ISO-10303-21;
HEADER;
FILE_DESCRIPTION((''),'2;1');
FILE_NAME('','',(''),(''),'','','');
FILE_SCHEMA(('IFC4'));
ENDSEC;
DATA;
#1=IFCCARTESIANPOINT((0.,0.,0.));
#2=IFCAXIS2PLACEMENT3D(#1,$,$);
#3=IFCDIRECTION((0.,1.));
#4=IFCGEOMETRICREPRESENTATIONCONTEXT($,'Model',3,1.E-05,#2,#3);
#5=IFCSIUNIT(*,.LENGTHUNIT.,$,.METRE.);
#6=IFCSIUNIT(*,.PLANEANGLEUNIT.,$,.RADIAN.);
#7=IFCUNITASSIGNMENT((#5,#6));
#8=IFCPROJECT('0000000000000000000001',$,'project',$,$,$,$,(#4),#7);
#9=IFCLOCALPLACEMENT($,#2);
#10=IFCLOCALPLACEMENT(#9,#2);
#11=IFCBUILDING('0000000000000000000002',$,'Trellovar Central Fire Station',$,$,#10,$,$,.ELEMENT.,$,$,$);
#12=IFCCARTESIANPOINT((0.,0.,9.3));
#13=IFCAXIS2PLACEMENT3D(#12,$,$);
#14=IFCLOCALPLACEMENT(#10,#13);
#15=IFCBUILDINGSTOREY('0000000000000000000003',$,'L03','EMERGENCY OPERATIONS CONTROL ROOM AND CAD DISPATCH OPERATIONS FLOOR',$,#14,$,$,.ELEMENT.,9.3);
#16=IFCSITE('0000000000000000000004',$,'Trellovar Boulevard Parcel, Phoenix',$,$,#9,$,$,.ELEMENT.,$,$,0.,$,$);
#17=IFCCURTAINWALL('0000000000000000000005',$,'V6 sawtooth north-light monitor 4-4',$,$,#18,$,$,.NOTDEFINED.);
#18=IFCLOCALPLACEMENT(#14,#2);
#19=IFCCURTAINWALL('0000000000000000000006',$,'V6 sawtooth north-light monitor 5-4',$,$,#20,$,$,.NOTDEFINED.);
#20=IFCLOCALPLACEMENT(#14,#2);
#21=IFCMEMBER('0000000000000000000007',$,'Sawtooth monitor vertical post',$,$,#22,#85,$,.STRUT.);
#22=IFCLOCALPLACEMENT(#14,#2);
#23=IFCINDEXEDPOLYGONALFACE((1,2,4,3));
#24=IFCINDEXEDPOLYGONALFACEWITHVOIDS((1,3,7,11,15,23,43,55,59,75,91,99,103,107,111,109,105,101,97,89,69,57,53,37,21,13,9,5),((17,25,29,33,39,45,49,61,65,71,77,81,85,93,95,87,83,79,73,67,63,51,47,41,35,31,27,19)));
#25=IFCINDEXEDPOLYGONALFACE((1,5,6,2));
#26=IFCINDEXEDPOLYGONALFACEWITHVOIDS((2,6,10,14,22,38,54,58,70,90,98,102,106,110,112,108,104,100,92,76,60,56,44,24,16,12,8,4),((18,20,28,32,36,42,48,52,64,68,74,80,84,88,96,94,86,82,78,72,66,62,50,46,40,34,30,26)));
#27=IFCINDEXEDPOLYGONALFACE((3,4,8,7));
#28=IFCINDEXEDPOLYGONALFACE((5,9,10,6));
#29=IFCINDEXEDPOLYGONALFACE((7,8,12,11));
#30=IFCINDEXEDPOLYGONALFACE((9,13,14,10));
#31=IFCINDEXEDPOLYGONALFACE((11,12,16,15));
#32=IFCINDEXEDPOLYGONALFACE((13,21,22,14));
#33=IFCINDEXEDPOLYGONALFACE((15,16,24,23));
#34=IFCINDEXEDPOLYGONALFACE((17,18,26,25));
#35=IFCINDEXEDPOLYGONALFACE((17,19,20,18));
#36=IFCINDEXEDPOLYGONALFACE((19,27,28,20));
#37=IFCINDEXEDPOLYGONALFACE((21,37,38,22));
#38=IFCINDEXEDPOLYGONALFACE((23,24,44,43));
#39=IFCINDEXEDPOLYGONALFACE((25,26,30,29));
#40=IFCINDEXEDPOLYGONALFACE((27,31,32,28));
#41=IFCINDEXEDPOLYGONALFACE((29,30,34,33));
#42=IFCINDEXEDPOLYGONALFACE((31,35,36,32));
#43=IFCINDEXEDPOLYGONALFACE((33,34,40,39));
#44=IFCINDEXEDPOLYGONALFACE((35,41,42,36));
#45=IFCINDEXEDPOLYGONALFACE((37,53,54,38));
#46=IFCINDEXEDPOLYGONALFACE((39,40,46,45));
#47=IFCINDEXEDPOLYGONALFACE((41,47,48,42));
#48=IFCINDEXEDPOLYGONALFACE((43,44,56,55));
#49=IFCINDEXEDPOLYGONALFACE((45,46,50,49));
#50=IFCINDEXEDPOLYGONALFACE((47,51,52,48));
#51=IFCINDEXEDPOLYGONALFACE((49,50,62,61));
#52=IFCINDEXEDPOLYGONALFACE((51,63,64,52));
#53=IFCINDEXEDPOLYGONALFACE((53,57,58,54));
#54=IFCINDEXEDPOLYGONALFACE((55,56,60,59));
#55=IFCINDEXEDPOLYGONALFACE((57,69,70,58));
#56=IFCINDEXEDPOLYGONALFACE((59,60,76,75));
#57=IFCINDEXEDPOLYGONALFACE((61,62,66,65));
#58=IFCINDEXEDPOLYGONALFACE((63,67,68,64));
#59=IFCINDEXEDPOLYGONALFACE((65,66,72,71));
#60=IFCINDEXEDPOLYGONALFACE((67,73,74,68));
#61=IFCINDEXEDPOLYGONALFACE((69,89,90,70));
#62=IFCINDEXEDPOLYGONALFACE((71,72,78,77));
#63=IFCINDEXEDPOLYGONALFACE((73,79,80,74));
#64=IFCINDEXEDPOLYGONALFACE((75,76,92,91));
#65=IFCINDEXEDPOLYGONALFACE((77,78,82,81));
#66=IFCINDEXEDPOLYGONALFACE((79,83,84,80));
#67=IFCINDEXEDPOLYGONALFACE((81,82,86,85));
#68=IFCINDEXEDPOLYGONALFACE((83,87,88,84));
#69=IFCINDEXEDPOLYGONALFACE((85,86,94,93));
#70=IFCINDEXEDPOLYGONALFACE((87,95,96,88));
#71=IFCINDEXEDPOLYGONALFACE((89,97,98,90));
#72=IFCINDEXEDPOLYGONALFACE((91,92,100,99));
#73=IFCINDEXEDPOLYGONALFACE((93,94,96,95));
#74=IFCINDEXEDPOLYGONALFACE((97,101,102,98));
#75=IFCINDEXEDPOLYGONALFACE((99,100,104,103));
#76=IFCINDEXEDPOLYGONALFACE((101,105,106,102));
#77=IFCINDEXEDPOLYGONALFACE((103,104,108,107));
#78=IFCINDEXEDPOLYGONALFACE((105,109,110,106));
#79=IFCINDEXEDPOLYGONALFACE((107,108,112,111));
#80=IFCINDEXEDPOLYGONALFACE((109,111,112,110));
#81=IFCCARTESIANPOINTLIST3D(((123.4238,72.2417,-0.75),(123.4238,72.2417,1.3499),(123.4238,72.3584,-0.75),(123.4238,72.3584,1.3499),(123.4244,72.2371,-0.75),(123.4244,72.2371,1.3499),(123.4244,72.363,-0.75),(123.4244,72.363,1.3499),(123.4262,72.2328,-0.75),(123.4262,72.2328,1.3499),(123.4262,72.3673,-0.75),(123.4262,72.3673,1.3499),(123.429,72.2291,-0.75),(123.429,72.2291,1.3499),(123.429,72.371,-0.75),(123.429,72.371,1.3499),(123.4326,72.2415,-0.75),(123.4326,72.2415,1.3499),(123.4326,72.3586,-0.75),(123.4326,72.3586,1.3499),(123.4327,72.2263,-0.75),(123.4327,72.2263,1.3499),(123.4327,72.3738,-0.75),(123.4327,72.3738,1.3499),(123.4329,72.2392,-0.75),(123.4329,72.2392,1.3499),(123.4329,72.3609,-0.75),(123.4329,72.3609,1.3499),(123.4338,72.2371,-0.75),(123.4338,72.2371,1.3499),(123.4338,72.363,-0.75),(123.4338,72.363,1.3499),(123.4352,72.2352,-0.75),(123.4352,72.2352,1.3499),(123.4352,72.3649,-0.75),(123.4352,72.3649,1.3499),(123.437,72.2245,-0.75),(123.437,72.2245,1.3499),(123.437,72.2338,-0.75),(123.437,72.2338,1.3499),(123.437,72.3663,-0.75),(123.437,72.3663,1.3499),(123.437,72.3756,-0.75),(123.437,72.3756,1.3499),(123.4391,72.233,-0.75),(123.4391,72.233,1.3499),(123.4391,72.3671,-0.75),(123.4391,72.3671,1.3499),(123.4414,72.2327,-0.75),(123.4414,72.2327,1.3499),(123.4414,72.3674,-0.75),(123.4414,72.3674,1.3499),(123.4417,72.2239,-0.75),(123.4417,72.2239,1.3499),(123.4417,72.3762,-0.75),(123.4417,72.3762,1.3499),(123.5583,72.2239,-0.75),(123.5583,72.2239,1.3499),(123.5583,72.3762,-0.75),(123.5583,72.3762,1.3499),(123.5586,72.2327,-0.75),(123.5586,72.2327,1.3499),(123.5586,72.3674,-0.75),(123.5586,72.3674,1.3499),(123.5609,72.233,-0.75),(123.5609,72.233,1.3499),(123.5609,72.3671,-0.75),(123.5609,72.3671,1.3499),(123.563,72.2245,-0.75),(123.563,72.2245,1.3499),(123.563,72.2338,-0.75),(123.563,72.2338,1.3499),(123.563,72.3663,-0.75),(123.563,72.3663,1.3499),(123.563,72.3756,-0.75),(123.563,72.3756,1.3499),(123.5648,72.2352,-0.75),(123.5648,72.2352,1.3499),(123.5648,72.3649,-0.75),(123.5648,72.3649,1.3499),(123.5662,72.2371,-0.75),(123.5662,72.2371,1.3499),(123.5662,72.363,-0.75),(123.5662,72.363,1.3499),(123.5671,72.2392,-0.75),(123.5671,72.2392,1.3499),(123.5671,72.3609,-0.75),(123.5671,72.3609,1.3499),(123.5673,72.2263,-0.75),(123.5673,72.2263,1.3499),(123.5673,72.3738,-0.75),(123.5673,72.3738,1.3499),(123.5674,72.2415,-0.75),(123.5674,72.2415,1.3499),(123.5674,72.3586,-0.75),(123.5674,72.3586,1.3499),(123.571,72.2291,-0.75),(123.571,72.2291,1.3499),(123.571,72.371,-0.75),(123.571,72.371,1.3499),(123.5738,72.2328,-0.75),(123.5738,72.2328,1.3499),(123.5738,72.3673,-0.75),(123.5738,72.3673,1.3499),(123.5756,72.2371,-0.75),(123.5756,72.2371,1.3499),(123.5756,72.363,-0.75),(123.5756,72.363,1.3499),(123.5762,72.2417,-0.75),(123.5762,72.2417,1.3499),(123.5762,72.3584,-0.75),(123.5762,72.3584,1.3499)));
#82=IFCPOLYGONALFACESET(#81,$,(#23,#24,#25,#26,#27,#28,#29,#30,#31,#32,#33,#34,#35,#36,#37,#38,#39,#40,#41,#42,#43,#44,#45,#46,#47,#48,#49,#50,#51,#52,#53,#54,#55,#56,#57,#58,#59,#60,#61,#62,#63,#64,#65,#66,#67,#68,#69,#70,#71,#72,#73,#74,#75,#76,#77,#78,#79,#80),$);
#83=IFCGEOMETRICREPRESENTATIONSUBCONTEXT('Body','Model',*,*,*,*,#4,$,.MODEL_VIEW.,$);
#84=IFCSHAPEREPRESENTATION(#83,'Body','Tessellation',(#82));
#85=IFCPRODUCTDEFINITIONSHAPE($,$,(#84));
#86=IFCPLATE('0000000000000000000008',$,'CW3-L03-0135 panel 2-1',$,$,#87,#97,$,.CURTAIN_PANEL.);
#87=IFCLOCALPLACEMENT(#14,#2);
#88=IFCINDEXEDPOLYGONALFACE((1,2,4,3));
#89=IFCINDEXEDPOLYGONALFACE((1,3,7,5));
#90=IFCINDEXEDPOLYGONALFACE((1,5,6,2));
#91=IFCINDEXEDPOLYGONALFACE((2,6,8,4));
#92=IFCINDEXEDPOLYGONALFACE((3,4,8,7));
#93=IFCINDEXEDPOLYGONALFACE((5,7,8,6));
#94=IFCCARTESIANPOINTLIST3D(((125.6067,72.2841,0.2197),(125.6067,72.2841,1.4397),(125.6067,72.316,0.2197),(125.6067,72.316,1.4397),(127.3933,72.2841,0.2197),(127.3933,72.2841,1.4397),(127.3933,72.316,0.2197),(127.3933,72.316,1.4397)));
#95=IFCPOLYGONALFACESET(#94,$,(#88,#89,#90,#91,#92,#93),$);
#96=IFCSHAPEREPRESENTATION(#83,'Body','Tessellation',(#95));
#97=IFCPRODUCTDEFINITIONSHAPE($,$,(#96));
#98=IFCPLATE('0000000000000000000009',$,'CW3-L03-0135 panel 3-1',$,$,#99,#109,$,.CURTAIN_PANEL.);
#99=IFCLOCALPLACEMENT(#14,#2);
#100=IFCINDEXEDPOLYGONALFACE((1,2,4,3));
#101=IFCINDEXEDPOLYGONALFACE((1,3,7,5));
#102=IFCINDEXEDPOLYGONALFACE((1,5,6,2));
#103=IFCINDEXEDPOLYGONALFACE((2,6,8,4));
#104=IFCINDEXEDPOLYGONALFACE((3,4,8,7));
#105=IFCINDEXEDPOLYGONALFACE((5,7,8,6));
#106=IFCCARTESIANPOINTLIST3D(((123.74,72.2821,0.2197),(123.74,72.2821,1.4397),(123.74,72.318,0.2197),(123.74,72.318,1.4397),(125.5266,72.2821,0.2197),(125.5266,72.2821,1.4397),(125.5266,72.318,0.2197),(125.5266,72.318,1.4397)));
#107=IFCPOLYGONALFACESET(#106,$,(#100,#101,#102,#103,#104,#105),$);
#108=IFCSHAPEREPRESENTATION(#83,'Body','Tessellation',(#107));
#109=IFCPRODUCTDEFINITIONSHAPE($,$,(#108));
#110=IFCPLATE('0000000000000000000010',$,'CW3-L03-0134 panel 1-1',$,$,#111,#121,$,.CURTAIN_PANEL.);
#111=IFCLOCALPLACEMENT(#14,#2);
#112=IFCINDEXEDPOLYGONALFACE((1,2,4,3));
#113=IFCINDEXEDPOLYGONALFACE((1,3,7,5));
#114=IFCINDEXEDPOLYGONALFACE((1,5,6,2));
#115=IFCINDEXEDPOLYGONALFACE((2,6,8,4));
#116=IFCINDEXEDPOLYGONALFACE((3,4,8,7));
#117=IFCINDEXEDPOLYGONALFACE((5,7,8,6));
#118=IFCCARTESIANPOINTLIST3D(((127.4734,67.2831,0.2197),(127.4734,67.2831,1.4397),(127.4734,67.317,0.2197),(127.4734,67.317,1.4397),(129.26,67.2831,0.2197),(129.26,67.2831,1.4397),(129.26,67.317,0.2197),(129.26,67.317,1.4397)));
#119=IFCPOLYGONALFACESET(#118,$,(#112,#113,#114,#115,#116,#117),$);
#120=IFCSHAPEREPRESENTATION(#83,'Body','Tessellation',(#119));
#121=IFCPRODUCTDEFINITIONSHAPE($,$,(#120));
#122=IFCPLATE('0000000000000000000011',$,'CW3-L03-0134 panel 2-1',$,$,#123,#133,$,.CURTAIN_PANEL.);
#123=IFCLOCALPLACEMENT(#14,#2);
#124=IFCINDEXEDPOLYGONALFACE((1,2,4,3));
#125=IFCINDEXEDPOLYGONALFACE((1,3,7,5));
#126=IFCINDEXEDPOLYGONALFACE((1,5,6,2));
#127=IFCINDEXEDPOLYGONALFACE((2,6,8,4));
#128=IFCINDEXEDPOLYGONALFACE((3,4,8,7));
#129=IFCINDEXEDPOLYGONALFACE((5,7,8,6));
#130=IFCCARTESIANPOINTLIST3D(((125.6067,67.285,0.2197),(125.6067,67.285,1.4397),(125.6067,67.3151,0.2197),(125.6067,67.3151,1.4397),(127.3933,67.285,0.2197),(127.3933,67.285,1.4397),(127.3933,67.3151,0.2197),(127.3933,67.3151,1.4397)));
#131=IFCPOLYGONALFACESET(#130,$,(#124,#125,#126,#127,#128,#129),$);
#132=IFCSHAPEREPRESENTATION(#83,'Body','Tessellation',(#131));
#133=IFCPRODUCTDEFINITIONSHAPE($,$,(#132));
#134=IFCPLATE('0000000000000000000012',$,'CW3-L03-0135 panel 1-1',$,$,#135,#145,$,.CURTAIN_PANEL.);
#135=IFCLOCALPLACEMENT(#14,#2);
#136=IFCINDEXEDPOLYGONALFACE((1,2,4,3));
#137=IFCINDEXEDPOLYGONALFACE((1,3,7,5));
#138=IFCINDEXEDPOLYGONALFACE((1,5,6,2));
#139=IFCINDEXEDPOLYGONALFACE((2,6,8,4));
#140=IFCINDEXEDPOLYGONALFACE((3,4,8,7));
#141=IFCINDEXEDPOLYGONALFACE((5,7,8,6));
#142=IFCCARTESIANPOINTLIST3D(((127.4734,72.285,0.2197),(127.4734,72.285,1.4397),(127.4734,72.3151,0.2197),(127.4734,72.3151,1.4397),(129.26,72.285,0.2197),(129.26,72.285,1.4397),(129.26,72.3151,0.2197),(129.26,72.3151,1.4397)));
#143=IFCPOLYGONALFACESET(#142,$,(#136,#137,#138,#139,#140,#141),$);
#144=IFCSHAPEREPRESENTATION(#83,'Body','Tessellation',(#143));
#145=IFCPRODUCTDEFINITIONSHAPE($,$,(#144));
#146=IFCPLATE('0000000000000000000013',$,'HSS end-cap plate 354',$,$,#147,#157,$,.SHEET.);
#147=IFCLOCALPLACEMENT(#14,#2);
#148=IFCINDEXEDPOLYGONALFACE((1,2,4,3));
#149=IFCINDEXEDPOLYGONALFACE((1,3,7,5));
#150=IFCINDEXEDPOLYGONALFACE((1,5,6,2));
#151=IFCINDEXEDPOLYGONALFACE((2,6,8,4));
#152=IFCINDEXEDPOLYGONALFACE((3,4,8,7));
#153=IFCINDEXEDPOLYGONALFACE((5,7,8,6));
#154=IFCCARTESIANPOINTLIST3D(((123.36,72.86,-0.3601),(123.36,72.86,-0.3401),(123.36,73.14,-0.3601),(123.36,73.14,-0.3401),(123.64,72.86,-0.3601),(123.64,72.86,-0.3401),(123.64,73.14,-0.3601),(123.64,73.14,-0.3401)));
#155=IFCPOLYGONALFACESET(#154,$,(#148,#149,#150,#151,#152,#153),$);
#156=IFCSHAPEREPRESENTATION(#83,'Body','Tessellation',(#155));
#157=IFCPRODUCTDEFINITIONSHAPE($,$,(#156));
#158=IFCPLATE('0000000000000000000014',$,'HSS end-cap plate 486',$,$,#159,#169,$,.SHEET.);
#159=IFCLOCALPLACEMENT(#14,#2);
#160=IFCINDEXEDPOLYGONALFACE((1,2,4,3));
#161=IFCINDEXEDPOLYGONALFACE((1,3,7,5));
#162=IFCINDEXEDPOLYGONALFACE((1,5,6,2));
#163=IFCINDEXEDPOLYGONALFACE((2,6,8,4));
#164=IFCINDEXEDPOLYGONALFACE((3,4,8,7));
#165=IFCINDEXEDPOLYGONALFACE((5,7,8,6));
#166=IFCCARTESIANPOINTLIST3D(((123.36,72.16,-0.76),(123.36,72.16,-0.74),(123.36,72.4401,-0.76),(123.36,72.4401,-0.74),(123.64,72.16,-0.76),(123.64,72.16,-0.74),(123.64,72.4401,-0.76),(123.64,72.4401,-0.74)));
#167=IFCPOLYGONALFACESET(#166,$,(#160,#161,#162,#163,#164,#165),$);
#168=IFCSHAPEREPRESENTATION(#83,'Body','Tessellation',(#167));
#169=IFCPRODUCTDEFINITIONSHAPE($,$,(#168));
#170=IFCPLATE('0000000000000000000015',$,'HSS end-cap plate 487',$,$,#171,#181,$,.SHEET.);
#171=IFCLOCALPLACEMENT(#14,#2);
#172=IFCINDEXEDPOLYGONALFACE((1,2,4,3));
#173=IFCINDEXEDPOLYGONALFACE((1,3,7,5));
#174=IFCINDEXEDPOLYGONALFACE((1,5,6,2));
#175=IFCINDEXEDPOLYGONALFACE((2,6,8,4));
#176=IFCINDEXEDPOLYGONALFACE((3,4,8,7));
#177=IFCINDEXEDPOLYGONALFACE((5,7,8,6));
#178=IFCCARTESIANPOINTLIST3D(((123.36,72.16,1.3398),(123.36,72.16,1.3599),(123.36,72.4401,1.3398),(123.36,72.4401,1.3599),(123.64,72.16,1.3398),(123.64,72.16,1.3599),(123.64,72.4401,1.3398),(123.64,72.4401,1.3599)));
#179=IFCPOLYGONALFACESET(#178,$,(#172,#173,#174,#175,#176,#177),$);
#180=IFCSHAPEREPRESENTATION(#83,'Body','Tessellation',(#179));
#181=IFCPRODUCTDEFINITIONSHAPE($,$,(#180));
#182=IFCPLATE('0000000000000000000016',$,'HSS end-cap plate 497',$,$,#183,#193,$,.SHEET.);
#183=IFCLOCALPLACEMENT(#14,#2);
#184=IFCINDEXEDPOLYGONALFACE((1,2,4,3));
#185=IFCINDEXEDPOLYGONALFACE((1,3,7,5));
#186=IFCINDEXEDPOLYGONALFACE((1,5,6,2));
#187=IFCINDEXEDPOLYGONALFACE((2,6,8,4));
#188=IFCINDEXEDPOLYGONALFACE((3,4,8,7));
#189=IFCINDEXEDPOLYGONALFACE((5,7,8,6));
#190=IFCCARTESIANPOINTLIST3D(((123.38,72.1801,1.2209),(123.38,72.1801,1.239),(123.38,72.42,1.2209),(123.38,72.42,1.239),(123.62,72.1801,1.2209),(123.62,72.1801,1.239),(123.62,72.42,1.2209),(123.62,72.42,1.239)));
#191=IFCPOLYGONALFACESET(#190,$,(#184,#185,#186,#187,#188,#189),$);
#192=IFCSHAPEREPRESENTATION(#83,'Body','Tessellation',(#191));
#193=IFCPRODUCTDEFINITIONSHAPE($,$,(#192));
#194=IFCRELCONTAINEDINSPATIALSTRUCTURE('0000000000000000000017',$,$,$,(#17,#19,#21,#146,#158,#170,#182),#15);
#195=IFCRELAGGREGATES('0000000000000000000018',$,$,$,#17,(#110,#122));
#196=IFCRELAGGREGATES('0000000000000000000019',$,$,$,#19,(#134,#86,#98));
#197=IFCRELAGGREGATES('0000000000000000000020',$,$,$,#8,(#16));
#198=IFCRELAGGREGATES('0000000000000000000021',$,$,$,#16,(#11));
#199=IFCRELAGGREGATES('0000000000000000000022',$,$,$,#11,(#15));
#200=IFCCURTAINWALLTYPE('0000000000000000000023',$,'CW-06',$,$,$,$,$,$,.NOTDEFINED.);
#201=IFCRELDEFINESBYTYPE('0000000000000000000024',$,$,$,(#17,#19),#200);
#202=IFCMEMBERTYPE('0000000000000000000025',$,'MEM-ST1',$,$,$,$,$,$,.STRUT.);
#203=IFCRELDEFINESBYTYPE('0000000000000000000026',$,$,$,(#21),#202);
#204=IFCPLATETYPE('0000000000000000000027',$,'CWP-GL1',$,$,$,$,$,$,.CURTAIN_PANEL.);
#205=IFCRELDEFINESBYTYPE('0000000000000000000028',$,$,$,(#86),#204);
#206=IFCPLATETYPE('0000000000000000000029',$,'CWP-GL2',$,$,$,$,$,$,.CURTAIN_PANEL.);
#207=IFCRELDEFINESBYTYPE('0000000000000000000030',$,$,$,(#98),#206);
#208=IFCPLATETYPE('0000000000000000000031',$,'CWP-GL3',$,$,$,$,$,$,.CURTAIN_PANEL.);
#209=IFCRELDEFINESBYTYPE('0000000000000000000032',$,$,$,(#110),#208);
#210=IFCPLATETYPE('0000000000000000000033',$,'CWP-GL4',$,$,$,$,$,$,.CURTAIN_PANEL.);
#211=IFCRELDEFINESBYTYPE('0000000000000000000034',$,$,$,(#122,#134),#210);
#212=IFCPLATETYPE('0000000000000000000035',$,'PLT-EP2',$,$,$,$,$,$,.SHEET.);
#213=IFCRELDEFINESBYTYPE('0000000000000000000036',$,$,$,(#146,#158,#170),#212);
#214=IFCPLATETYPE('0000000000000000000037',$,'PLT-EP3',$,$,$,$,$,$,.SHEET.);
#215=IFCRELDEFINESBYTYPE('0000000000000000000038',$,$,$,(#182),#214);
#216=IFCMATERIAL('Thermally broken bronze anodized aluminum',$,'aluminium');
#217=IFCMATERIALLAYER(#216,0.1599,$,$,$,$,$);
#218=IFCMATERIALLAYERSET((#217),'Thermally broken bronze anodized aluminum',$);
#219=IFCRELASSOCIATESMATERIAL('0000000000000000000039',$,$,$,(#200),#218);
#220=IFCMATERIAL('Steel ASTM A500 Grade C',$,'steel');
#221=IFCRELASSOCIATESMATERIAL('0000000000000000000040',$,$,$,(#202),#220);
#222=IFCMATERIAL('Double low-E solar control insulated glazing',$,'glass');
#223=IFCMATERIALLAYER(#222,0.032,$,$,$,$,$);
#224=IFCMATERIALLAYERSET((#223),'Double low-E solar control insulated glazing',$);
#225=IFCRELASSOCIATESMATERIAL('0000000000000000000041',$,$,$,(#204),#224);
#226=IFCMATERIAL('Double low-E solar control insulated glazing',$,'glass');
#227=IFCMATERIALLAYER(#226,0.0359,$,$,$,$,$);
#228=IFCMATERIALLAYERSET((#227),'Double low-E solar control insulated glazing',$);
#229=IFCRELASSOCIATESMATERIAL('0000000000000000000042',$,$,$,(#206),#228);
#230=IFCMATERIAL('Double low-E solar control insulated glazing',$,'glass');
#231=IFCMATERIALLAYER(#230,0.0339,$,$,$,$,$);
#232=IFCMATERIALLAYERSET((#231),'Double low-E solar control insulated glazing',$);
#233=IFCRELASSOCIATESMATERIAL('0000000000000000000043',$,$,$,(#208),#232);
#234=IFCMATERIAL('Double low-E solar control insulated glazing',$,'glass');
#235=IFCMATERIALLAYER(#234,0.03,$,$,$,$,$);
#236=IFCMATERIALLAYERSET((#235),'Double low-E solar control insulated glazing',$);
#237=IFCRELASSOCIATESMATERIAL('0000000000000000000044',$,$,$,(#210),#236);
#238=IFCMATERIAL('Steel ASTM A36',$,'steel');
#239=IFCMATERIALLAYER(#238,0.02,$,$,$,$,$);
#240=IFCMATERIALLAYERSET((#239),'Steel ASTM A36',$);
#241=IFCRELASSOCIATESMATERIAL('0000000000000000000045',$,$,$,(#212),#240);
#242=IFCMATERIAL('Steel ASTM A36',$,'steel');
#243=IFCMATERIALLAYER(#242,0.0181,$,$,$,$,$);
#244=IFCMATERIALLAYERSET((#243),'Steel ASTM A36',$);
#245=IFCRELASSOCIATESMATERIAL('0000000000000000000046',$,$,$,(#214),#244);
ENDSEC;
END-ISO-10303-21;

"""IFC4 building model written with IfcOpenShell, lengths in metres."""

from ifc_helpers import new_model, si_unit, direction, frame, origin, origin_2d, place, context, subcontext, project, spatial, rectangle, hollow_rectangle, extrude, material, layer, layer_set, material_profile, profile_set, type_object, element, aggregate, save


model = new_model("IFC4")

# Units and contexts
model_context = context("Model", 3, precision=1e-05, world=origin(), true_north=direction((0.0, 1.0)))
body_context = subcontext(model_context, "Body", "Model", "MODEL_VIEW")
ifc_project = project(units=[si_unit("LENGTHUNIT", "METRE"), si_unit("PLANEANGLEUNIT", "RADIAN")], contexts=[model_context])

# Site, building, storey
site_placement = place(None, origin())
site = spatial("IfcSite", under=ifc_project, at=site_placement, Name="Trellovar Boulevard Parcel, Phoenix", CompositionType="ELEMENT", RefElevation=0.0)
building_placement = place(site_placement, origin())
building = spatial("IfcBuilding", under=site, at=building_placement, Name="Trellovar Central Fire Station", CompositionType="ELEMENT")
storey_placement = place(building_placement, frame((0.0, 0.0, 9.3)))
storey = spatial("IfcBuildingStorey", under=building, at=storey_placement, Name="L03", Description="EMERGENCY OPERATIONS CONTROL ROOM AND CAD DISPATCH OPERATIONS FLOOR", CompositionType="ELEMENT", Elevation=9.3)

# Shared definitions
ifc_material_1 = material(Name="Thermally broken bronze anodized aluminum", Category="aluminium")
ifc_layer_1 = layer(ifc_material_1, 0.1599)
ifc_layer_set_1 = layer_set([ifc_layer_1], Name="Thermally broken bronze anodized aluminum")
curtain_wall_type = type_object("IfcCurtainWallType", Name="CW-06", PredefinedType="NOTDEFINED", material=ifc_layer_set_1)

# Curtain walls
curtain_wall_1_placement = place(storey_placement, origin())
curtain_wall_1 = element("IfcCurtainWall", 1, at=curtain_wall_1_placement, inside=storey, type_object=curtain_wall_type, Name="V6 sawtooth north-light monitor 4-4", PredefinedType="NOTDEFINED")
curtain_wall_2_placement = place(storey_placement, origin())
curtain_wall_2 = element("IfcCurtainWall", 2, at=curtain_wall_2_placement, inside=storey, type_object=curtain_wall_type, Name="V6 sawtooth north-light monitor 5-4", PredefinedType="NOTDEFINED")

# Member
ifc_material_2 = material(Name="Steel ASTM A500 Grade C", Category="steel")
ifc_material_profile_1 = material_profile(ifc_material_2, hollow_rectangle(XDim=0.1523, YDim=0.1523, WallThickness=0.0088, InnerFilletRadius=0.0088, OuterFilletRadius=0.0178, at=origin_2d()), Name="HSS6X6X3/8")
ifc_profile_set_1 = profile_set([ifc_material_profile_1], Name="Steel ASTM A500 Grade C")
member_type_1 = type_object("IfcMemberType", Name="MEM-ST1", PredefinedType="STRUT", material=ifc_profile_set_1)
member_1_placement = place(storey_placement, frame((123.5, 72.3, -0.75), z_axis=(0.0, 0.0, 1.0), x_axis=(1.0, 0.0, 0.0)))
element("IfcMember", 3, at=member_1_placement, inside=storey, type_object=member_type_1, Name="Sawtooth monitor vertical post", PredefinedType="STRUT", context=body_context, shape_type="SweptSolid", body=[
    extrude(hollow_rectangle(XDim=0.1523, YDim=0.1523, WallThickness=0.0088, InnerFilletRadius=0.0088, OuterFilletRadius=0.0178, at=origin_2d()), origin(), (0.0, 0.0, 1.0), 2.0999),
])

# Plates
ifc_material_3 = material(Name="Double low-E solar control insulated glazing", Category="glass")
ifc_layer_2 = layer(ifc_material_3, 0.032)
ifc_layer_set_2 = layer_set([ifc_layer_2], Name="Double low-E solar control insulated glazing")
plate_type_1 = type_object("IfcPlateType", Name="CWP-GL1", PredefinedType="CURTAIN_PANEL", material=ifc_layer_set_2)
plate_1_placement = place(storey_placement, frame((126.5, 72.3, 0.2197), z_axis=(0.0, 0.0, 1.0), x_axis=(-1.0, 0.0, 0.0)))
plate_1 = element("IfcPlate", 4, at=plate_1_placement, type_object=plate_type_1, Name="CW3-L03-0135 panel 2-1", PredefinedType="CURTAIN_PANEL", context=body_context, shape_type="SweptSolid", body=[
    extrude(rectangle(XDim=1.7866, YDim=0.032, at=origin_2d()), origin(), (0.0, 0.0, 1.0), 1.22),
])
ifc_material_4 = material(Name="Double low-E solar control insulated glazing", Category="glass")
ifc_layer_3 = layer(ifc_material_4, 0.0359)
ifc_layer_set_3 = layer_set([ifc_layer_3], Name="Double low-E solar control insulated glazing")
plate_type_2 = type_object("IfcPlateType", Name="CWP-GL2", PredefinedType="CURTAIN_PANEL", material=ifc_layer_set_3)
plate_2_placement = place(storey_placement, frame((124.6333, 72.3, 0.2197), z_axis=(0.0, 0.0, 1.0), x_axis=(-1.0, 0.0, 0.0)))
plate_2 = element("IfcPlate", 5, at=plate_2_placement, type_object=plate_type_2, Name="CW3-L03-0135 panel 3-1", PredefinedType="CURTAIN_PANEL", context=body_context, shape_type="SweptSolid", body=[
    extrude(rectangle(XDim=1.7866, YDim=0.0359, at=origin_2d()), origin(), (0.0, 0.0, 1.0), 1.22),
])
ifc_material_5 = material(Name="Double low-E solar control insulated glazing", Category="glass")
ifc_layer_4 = layer(ifc_material_5, 0.0339)
ifc_layer_set_4 = layer_set([ifc_layer_4], Name="Double low-E solar control insulated glazing")
plate_type_3 = type_object("IfcPlateType", Name="CWP-GL3", PredefinedType="CURTAIN_PANEL", material=ifc_layer_set_4)
plate_3_placement = place(storey_placement, frame((128.3667, 67.3, 0.2197), z_axis=(0.0, 0.0, 1.0), x_axis=(-1.0, 0.0, 0.0)))
plate_3 = element("IfcPlate", 6, at=plate_3_placement, type_object=plate_type_3, Name="CW3-L03-0134 panel 1-1", PredefinedType="CURTAIN_PANEL", context=body_context, shape_type="SweptSolid", body=[
    extrude(rectangle(XDim=1.7866, YDim=0.0339, at=origin_2d()), origin(), (0.0, 0.0, 1.0), 1.22),
])
ifc_material_6 = material(Name="Double low-E solar control insulated glazing", Category="glass")
ifc_layer_5 = layer(ifc_material_6, 0.03)
ifc_layer_set_5 = layer_set([ifc_layer_5], Name="Double low-E solar control insulated glazing")
plate_type_4 = type_object("IfcPlateType", Name="CWP-GL4", PredefinedType="CURTAIN_PANEL", material=ifc_layer_set_5)
plate_4_placement = place(storey_placement, frame((126.5, 67.3, 0.2197), z_axis=(0.0, 0.0, 1.0), x_axis=(-1.0, 0.0, 0.0)))
plate_4 = element("IfcPlate", 7, at=plate_4_placement, type_object=plate_type_4, Name="CW3-L03-0134 panel 2-1", PredefinedType="CURTAIN_PANEL", context=body_context, shape_type="SweptSolid", body=[
    extrude(rectangle(XDim=1.7866, YDim=0.03, at=origin_2d()), origin(), (0.0, 0.0, 1.0), 1.22),
])
aggregate(curtain_wall_1, [plate_3, plate_4])
plate_5_placement = place(storey_placement, frame((128.3667, 72.3, 0.2197), z_axis=(0.0, 0.0, 1.0), x_axis=(-1.0, 0.0, 0.0)))
plate_5 = element("IfcPlate", 8, at=plate_5_placement, type_object=plate_type_4, Name="CW3-L03-0135 panel 1-1", PredefinedType="CURTAIN_PANEL", context=body_context, shape_type="SweptSolid", body=[
    extrude(rectangle(XDim=1.7866, YDim=0.03, at=origin_2d()), origin(), (0.0, 0.0, 1.0), 1.22),
])
aggregate(curtain_wall_2, [plate_5, plate_1, plate_2])

# Plates
ifc_material_7 = material(Name="Steel ASTM A36", Category="steel")
ifc_layer_6 = layer(ifc_material_7, 0.02)
ifc_layer_set_6 = layer_set([ifc_layer_6], Name="Steel ASTM A36")
plate_type_5 = type_object("IfcPlateType", Name="PLT-EP2", PredefinedType="SHEET", material=ifc_layer_set_6)
for number, where, z_axis, x_axis, name in (
    (9, (123.5, 73.0, -0.3601), (0.0, 0.0, 1.0), (1.0, 0.0, 0.0), "HSS end-cap plate 354"),
    (10, (123.5, 72.3, -0.76), (0.0, 0.0, 1.0), (1.0, 0.0, 0.0), "HSS end-cap plate 486"),
    (11, (123.5, 72.3, 1.3398), (0.0, 0.0, 1.0), (1.0, 0.0, 0.0), "HSS end-cap plate 487"),
):
    element("IfcPlate", number, at=place(storey_placement, frame(where, z_axis=z_axis, x_axis=x_axis)), inside=storey, type_object=plate_type_5, Name=name, PredefinedType="SHEET", context=body_context, shape_type="SweptSolid", body=[
        extrude(rectangle(XDim=0.28, YDim=0.28, at=origin_2d()), origin(), (0.0, 0.0, 1.0), 0.02),
    ])
ifc_material_8 = material(Name="Steel ASTM A36", Category="steel")
ifc_layer_7 = layer(ifc_material_8, 0.0181)
ifc_layer_set_7 = layer_set([ifc_layer_7], Name="Steel ASTM A36")
plate_type_6 = type_object("IfcPlateType", Name="PLT-EP3", PredefinedType="SHEET", material=ifc_layer_set_7)
for number, where, z_axis, x_axis, name in (
    (12, (123.5, 72.3, 1.2209), (0.0, 0.0, 1.0), (1.0, 0.0, 0.0), "HSS end-cap plate 497"),
):
    element("IfcPlate", number, at=place(storey_placement, frame(where, z_axis=z_axis, x_axis=x_axis)), inside=storey, type_object=plate_type_6, Name=name, PredefinedType="SHEET", context=body_context, shape_type="SweptSolid", body=[
        extrude(rectangle(XDim=0.24, YDim=0.24, at=origin_2d()), origin(), (0.0, 0.0, 1.0), 0.0181),
    ])

save(model, "model.ifc")
